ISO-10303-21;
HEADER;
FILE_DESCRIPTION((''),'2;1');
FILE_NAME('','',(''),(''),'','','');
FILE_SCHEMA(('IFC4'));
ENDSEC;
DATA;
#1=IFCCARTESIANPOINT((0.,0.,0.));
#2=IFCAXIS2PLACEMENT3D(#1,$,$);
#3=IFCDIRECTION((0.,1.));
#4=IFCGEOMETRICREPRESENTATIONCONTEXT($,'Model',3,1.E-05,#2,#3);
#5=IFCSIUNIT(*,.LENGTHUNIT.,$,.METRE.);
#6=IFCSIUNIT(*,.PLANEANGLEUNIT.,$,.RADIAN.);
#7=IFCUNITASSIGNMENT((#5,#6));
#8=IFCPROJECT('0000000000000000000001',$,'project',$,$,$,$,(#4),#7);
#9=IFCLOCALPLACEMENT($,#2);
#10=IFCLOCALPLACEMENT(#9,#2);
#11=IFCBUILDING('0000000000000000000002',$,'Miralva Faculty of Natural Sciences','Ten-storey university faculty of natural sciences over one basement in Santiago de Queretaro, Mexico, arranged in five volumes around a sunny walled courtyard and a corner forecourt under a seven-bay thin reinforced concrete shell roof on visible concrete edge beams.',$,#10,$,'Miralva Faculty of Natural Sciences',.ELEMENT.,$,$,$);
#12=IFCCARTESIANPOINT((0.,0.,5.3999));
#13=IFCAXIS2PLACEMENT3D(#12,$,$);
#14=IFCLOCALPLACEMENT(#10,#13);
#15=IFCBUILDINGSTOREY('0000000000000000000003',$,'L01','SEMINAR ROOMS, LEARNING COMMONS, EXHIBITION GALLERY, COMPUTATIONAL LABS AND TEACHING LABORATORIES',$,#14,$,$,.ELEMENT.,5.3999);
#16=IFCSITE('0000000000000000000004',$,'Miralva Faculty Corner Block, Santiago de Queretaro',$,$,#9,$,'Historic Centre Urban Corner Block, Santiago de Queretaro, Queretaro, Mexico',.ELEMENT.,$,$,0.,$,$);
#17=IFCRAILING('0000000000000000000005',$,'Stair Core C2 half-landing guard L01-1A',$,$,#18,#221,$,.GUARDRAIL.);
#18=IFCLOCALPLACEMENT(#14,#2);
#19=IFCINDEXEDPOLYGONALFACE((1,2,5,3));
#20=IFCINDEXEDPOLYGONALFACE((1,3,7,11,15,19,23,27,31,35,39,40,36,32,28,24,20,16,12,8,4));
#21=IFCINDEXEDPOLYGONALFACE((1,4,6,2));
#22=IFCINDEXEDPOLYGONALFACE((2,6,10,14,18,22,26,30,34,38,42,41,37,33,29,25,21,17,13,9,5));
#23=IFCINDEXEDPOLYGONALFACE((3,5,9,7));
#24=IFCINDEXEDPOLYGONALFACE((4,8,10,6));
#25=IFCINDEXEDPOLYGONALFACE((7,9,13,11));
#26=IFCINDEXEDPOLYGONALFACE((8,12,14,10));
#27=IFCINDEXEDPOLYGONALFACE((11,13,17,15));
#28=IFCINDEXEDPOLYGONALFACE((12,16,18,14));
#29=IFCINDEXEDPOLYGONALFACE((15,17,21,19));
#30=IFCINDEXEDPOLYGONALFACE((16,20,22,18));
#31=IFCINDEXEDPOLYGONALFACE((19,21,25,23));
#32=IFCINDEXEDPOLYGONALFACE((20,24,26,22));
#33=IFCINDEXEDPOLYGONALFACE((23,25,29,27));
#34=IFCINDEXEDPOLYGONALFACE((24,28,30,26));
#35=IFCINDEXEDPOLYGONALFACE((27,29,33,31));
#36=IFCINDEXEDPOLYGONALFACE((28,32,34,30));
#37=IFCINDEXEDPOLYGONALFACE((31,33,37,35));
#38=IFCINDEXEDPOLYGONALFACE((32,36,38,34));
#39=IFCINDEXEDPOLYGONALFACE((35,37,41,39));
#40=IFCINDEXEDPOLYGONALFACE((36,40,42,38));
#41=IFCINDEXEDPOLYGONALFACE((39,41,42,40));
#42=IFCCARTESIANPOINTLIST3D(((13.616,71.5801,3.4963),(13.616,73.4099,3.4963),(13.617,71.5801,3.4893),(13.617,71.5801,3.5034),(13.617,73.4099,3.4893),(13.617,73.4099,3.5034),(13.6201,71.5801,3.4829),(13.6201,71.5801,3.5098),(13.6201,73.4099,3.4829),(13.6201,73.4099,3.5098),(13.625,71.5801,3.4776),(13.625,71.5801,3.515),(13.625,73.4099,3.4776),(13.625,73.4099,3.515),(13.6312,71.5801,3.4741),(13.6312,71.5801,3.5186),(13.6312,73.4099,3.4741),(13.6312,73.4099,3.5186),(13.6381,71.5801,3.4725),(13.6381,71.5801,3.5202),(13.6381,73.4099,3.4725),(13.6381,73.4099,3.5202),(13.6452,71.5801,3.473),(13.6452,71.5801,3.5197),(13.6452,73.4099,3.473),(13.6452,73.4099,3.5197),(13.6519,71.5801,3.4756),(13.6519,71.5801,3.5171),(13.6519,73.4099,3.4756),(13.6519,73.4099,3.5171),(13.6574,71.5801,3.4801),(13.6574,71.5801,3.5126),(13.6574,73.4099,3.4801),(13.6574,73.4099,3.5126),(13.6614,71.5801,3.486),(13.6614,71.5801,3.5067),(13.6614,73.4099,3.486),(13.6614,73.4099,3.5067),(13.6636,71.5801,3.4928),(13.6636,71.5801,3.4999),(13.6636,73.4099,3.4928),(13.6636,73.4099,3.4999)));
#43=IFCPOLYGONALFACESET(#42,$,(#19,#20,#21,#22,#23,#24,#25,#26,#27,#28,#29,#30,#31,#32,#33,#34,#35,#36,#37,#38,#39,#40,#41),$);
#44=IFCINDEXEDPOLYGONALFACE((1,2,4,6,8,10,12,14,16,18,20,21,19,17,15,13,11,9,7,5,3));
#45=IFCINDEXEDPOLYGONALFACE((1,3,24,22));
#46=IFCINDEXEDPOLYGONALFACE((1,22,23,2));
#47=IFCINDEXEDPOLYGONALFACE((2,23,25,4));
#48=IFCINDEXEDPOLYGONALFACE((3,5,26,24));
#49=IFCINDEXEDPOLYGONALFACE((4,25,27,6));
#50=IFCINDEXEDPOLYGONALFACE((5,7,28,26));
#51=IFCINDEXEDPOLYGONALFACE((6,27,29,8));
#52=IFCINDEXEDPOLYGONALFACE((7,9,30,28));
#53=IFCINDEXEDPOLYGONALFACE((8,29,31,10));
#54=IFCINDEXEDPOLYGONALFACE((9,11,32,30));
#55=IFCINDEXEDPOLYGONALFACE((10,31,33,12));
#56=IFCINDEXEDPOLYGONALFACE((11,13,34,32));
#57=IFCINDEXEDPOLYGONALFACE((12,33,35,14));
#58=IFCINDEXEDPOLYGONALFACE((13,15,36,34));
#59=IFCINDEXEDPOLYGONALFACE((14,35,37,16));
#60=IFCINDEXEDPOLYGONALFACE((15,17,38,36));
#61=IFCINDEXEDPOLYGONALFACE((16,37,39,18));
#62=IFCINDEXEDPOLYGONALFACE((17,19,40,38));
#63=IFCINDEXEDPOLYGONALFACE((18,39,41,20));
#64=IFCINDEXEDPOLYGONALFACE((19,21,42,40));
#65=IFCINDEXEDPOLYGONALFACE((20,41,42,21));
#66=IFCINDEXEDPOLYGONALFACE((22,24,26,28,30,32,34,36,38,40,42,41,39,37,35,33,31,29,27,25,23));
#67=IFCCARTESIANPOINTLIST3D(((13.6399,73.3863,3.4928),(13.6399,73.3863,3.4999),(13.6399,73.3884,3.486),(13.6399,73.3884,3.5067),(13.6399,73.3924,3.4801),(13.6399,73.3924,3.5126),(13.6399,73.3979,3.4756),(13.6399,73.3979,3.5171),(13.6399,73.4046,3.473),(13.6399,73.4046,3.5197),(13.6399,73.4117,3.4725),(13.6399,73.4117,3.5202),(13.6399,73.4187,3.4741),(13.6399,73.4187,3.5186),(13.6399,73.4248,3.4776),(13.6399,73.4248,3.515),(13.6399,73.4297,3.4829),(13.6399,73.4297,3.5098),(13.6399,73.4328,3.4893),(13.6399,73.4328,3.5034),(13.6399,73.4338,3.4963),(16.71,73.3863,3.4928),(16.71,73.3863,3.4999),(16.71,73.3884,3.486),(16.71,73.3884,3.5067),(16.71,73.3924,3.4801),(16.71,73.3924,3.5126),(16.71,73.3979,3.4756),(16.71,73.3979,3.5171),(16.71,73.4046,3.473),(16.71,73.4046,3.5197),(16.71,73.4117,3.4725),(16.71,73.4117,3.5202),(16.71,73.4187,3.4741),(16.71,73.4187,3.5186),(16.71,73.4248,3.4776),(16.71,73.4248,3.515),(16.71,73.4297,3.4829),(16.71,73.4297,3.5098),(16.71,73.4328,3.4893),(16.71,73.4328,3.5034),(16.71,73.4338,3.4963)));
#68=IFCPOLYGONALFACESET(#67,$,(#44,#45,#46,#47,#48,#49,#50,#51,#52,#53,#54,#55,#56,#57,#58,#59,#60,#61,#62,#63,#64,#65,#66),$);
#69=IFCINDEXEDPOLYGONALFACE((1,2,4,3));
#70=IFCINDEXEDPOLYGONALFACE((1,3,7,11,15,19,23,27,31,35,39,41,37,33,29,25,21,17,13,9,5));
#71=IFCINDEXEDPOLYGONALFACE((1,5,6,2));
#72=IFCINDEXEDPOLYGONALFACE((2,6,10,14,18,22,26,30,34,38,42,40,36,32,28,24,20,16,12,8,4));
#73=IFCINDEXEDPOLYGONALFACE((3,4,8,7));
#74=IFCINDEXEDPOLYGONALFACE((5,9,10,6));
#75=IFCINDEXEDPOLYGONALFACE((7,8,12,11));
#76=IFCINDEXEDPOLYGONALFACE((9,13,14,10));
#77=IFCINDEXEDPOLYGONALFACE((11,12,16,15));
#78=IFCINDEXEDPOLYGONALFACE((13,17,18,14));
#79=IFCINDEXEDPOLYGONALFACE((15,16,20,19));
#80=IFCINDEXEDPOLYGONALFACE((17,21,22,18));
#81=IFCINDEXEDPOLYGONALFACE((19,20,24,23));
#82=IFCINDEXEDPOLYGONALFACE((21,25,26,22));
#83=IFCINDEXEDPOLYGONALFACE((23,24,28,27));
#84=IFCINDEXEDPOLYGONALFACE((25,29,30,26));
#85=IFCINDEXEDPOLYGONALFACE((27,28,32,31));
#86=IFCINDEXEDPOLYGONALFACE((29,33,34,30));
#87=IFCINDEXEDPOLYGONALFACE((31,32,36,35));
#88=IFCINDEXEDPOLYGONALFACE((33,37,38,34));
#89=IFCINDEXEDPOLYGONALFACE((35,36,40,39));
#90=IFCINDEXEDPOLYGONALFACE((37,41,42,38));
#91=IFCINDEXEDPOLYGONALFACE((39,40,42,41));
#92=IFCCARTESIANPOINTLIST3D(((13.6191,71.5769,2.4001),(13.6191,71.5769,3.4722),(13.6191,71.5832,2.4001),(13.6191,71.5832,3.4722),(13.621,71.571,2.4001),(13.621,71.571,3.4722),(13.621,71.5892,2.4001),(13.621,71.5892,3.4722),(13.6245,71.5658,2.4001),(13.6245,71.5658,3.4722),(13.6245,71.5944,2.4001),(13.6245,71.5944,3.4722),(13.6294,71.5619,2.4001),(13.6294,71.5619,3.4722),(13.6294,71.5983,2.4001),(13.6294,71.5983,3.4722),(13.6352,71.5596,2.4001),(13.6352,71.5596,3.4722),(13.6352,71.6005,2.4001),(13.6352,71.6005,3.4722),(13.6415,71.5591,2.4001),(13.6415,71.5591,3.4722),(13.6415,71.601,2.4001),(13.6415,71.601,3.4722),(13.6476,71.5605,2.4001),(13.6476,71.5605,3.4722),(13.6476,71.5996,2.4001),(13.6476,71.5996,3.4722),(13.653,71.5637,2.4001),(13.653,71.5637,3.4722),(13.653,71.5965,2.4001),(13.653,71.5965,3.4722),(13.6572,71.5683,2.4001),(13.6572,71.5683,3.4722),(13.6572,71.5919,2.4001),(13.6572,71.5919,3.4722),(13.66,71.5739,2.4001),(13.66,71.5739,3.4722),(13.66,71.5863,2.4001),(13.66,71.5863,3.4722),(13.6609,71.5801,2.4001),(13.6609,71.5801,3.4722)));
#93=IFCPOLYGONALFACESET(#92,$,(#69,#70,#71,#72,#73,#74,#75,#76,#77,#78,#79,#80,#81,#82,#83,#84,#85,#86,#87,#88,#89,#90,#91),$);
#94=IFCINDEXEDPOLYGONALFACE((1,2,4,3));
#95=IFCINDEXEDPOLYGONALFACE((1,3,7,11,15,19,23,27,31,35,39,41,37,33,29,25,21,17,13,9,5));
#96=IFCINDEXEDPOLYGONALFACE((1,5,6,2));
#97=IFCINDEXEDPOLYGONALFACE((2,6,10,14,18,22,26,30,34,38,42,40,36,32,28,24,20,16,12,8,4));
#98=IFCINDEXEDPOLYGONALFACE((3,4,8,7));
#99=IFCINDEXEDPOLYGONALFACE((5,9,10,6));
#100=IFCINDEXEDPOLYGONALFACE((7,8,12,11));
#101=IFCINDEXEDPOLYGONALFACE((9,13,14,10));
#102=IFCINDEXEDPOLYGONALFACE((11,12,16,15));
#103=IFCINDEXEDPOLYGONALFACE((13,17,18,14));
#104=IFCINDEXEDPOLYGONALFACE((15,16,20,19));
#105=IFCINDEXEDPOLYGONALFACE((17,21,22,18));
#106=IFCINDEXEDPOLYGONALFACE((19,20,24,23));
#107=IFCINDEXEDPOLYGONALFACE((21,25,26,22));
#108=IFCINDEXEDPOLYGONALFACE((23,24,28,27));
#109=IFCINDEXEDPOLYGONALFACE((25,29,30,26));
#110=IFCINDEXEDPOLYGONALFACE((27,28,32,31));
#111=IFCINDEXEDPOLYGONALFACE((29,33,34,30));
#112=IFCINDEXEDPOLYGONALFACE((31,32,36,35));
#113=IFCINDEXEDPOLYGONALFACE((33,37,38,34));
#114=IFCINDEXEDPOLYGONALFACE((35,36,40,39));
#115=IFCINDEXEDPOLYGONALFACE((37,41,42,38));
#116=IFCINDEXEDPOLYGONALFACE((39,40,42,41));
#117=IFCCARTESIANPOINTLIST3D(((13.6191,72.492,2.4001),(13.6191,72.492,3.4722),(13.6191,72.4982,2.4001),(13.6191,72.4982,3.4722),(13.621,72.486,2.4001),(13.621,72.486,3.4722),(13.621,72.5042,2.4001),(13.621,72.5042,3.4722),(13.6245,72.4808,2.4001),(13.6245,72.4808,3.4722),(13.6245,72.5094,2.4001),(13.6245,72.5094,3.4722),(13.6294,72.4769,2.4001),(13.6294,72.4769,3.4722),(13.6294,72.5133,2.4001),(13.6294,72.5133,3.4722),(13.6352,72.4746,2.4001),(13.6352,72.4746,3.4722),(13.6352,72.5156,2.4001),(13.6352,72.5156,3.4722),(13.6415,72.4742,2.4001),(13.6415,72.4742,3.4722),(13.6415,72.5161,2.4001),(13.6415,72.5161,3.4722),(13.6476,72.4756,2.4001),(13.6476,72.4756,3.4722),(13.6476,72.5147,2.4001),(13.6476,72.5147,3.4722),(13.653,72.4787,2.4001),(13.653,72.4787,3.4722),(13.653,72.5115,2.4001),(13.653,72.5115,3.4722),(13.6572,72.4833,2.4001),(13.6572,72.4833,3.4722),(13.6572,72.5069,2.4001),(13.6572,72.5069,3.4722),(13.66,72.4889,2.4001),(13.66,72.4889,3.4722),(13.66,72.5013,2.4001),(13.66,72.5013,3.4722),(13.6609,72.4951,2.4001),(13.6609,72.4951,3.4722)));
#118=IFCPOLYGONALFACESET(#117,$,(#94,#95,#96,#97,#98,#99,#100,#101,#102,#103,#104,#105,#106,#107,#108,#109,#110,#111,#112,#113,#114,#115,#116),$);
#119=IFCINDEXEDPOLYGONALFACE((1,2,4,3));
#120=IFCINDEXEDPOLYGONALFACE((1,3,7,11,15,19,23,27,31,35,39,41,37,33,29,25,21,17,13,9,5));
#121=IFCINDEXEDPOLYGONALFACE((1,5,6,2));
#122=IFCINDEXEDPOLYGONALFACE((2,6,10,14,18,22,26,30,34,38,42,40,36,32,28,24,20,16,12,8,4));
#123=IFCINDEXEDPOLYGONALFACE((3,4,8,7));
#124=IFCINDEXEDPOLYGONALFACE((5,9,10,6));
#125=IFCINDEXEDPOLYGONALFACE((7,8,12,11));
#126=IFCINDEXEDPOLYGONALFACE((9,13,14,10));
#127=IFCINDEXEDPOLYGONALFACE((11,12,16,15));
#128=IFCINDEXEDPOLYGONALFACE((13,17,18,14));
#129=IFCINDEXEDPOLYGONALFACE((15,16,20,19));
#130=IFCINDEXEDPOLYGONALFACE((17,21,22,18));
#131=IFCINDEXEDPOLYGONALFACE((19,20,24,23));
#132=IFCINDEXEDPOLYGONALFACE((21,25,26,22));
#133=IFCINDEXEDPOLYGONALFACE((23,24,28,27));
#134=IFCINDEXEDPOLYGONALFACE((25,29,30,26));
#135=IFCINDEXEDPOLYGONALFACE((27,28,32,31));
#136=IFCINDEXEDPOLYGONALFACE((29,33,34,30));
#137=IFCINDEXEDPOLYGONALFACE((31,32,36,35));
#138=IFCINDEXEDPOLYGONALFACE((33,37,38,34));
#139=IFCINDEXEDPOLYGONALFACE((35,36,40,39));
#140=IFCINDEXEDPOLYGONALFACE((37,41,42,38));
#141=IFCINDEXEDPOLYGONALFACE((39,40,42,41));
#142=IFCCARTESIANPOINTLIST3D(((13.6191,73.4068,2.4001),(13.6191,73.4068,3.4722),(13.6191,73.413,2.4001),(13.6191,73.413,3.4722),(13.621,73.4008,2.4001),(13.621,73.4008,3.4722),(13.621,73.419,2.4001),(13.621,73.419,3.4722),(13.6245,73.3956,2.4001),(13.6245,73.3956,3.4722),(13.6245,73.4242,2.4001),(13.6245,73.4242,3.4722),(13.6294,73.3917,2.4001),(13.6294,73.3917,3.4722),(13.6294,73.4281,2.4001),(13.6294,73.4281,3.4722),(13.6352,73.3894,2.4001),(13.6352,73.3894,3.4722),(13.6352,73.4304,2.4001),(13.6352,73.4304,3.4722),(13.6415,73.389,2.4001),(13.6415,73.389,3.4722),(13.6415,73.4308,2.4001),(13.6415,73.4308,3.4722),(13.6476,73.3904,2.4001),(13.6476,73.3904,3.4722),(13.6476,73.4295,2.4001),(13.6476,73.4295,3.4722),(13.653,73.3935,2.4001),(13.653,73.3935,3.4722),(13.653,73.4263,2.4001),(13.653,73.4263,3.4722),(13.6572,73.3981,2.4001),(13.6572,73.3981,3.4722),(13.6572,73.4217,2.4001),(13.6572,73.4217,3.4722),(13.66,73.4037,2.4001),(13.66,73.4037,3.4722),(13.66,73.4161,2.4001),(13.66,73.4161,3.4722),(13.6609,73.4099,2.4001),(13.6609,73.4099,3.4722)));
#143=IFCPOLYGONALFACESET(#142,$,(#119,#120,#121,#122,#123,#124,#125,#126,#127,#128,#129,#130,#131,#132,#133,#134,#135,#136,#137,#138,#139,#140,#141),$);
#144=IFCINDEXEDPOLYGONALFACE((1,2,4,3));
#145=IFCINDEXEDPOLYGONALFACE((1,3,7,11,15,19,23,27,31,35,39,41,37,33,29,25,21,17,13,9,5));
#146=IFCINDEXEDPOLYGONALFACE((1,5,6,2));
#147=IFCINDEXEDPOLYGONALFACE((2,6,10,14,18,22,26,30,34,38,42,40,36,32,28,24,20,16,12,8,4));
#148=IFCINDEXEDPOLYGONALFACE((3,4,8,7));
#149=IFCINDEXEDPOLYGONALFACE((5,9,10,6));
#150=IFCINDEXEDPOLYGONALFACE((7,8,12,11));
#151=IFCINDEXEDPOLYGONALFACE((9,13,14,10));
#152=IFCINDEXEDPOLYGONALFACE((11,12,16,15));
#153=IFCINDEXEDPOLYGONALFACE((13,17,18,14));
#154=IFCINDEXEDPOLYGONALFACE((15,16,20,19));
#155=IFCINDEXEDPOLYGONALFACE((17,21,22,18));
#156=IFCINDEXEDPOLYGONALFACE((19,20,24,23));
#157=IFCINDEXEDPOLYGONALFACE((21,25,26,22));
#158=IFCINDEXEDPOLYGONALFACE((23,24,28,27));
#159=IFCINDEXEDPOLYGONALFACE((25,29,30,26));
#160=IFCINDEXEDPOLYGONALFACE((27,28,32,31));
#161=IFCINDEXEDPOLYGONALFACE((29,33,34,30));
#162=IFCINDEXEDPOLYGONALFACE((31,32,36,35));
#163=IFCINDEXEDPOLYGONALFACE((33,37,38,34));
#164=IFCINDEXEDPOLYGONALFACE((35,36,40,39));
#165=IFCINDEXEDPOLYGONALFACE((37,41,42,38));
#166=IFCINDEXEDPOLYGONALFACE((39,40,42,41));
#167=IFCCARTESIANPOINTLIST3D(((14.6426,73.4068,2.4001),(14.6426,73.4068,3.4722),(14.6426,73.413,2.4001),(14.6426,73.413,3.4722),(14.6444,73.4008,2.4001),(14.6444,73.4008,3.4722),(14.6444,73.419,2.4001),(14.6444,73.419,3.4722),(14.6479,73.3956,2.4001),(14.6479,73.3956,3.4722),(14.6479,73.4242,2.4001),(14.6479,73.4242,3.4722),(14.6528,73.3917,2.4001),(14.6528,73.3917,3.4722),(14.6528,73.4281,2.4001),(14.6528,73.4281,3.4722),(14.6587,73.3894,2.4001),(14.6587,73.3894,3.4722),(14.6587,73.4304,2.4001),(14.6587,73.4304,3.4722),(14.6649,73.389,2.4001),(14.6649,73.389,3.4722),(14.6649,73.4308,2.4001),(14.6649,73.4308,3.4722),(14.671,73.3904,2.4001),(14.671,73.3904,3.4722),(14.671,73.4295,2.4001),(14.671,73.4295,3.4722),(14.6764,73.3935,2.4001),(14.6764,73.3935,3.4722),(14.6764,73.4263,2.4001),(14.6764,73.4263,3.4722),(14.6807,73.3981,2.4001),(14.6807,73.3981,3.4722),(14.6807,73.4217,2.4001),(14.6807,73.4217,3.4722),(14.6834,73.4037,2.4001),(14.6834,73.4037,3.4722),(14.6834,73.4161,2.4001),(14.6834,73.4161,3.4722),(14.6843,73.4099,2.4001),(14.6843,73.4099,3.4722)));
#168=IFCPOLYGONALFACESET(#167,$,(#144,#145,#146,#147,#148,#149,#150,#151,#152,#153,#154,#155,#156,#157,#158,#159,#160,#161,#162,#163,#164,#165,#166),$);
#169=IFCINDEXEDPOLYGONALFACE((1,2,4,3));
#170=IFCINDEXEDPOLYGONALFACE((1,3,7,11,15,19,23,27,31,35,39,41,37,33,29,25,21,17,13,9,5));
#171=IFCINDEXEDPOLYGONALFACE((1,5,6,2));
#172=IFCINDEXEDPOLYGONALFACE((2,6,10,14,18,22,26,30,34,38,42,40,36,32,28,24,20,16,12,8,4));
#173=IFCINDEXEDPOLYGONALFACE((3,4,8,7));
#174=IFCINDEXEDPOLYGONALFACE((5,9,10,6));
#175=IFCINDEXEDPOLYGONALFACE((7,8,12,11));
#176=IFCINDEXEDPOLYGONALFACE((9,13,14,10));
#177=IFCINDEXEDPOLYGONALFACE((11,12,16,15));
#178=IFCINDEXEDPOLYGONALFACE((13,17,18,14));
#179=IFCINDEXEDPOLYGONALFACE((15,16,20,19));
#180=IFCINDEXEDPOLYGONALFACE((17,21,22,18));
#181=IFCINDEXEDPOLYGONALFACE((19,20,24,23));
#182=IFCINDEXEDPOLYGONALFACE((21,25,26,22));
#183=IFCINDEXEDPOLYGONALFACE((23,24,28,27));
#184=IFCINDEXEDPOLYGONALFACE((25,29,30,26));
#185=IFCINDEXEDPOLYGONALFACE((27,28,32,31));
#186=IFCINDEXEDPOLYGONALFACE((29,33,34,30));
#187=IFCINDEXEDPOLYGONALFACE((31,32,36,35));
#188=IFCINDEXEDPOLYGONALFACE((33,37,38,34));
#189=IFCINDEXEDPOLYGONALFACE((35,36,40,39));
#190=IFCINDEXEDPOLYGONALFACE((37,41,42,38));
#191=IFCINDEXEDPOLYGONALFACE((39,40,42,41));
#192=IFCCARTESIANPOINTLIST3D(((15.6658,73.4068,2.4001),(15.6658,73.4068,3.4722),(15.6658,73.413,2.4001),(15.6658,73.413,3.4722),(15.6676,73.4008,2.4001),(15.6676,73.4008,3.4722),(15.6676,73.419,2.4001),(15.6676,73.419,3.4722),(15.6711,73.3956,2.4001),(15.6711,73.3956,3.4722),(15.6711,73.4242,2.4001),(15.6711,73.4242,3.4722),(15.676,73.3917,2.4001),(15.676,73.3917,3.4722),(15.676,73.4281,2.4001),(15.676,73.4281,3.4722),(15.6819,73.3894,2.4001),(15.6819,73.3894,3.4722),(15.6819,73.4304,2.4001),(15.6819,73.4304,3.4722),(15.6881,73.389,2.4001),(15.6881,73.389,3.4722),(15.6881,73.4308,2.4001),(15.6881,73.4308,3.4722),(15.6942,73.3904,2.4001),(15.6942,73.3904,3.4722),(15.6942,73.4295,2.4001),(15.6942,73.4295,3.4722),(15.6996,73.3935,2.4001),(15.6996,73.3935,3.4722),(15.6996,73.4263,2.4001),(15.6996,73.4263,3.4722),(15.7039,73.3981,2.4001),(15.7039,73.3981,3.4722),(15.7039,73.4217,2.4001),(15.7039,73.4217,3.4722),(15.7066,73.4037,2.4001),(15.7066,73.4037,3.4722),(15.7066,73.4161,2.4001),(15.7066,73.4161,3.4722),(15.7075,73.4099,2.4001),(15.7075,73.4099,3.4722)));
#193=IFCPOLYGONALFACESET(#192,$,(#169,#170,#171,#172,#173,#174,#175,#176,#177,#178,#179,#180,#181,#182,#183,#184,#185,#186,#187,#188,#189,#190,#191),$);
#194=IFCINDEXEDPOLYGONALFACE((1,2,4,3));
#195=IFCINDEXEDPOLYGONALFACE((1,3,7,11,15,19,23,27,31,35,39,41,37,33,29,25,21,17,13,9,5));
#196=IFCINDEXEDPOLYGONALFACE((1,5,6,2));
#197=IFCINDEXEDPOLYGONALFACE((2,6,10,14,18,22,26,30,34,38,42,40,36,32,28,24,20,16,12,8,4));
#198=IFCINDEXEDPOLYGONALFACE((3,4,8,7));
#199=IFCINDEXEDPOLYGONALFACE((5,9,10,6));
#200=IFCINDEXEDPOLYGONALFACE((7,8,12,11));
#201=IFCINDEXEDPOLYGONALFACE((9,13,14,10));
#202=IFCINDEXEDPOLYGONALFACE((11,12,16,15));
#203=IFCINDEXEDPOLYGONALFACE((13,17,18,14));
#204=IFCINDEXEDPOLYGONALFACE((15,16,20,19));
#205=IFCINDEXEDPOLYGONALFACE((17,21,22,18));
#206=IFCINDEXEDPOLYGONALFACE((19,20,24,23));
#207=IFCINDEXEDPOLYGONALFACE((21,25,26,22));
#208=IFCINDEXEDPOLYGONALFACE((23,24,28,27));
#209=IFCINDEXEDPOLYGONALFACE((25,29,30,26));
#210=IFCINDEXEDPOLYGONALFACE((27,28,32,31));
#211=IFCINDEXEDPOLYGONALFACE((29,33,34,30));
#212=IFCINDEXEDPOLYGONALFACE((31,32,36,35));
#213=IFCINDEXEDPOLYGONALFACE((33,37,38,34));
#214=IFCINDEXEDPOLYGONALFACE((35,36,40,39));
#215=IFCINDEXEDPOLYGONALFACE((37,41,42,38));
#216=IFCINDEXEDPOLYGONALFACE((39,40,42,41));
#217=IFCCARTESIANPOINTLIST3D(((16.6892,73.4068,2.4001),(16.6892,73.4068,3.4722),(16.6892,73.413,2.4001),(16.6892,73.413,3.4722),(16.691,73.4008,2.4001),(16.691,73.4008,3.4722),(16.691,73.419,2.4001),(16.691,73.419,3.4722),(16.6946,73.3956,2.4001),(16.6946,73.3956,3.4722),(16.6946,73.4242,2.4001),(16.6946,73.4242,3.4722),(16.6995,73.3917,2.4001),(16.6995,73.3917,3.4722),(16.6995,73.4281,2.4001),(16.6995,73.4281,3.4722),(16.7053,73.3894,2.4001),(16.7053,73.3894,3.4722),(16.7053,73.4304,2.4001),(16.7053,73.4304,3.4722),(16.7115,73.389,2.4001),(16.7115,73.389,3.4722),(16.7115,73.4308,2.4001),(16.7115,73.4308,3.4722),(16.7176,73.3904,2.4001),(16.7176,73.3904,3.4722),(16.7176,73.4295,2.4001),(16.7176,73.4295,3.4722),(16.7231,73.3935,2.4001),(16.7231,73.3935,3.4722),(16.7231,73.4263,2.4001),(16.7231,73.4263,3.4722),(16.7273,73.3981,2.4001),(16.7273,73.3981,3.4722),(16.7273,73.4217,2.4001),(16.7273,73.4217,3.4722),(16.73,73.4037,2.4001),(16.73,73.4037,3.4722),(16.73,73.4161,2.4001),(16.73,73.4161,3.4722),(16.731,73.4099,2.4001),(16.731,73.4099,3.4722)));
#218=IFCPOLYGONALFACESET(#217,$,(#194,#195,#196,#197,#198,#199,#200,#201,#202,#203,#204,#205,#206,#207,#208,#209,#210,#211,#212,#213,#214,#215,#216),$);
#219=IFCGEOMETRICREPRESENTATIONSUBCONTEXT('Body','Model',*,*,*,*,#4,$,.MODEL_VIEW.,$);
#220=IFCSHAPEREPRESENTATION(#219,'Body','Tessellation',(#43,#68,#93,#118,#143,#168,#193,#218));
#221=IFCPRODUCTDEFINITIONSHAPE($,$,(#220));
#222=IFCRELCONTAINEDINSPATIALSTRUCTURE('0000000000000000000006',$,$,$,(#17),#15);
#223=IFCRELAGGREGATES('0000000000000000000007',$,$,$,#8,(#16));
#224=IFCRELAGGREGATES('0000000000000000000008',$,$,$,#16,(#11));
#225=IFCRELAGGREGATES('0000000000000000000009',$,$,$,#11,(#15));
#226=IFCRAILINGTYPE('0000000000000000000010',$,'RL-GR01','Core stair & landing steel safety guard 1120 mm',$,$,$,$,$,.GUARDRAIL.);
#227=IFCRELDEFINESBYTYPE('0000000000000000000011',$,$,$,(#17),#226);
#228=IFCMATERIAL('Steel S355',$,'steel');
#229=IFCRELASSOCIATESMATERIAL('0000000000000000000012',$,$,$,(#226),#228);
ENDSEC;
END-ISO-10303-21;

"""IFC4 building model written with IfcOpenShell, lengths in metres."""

from ifc_helpers import new_model, si_unit, direction, frame, origin, origin_2d, place, context, subcontext, project, spatial, circle, extrude, material, type_object, element, save


model = new_model("IFC4")

# Units and contexts
model_context = context("Model", 3, precision=1e-05, world=origin(), true_north=direction((0.0, 1.0)))
body_context = subcontext(model_context, "Body", "Model", "MODEL_VIEW")
ifc_project = project(units=[si_unit("LENGTHUNIT", "METRE"), si_unit("PLANEANGLEUNIT", "RADIAN")], contexts=[model_context])

# Site, building, storey
site_placement = place(None, origin())
site = spatial("IfcSite", under=ifc_project, at=site_placement, Name="Miralva Faculty Corner Block, Santiago de Queretaro", LongName="Historic Centre Urban Corner Block, Santiago de Queretaro, Queretaro, Mexico", CompositionType="ELEMENT", RefElevation=0.0)
building_placement = place(site_placement, origin())
building = spatial("IfcBuilding", under=site, at=building_placement, Name="Miralva Faculty of Natural Sciences", Description="Ten-storey university faculty of natural sciences over one basement in Santiago de Queretaro, Mexico, arranged in five volumes around a sunny walled courtyard and a corner forecourt under a seven-bay thin reinforced concrete shell roof on visible concrete edge beams.", LongName="Miralva Faculty of Natural Sciences", CompositionType="ELEMENT")
storey_placement = place(building_placement, frame((0.0, 0.0, 5.3999)))
storey = spatial("IfcBuildingStorey", under=building, at=storey_placement, Name="L01", Description="SEMINAR ROOMS, LEARNING COMMONS, EXHIBITION GALLERY, COMPUTATIONAL LABS AND TEACHING LABORATORIES", CompositionType="ELEMENT", Elevation=5.3999)

# Railing
ifc_material_1 = material(Name="Steel S355", Category="steel")
railing_type_1 = type_object("IfcRailingType", Name="RL-GR01", Description="Core stair & landing steel safety guard 1120 mm", PredefinedType="GUARDRAIL", material=ifc_material_1)
railing_1_placement = place(storey_placement, frame((13.6399, 71.5801, 2.4001)))
element("IfcRailing", 1, at=railing_1_placement, inside=storey, type_object=railing_type_1, Name="Stair Core C2 half-landing guard L01-1A", PredefinedType="GUARDRAIL", context=body_context, shape_type="SweptSolid", body=[
    extrude(circle(Radius=0.0239, at=origin_2d()), frame((0.0, 0.0, 1.0962), z_axis=(0.0, 1.0, 0.0), x_axis=(-1.0, 0.0, 0.0)), (0.0, 0.0, 1.0), 1.8298),
    extrude(circle(Radius=0.0239, at=origin_2d()), frame((0.0, 1.8298, 1.0962), z_axis=(1.0, 0.0, 0.0), x_axis=(0.0, 1.0, 0.0)), (0.0, 0.0, 1.0), 3.0701),
    extrude(circle(Radius=0.021, at=origin_2d()), origin(), (0.0, 0.0, 1.0), 1.072),
    extrude(circle(Radius=0.021, at=origin_2d()), frame((0.0, 0.915, 0.0)), (0.0, 0.0, 1.0), 1.072),
    extrude(circle(Radius=0.021, at=origin_2d()), frame((0.0, 1.8298, 0.0)), (0.0, 0.0, 1.0), 1.072),
    extrude(circle(Radius=0.021, at=origin_2d()), frame((1.0234, 1.8298, 0.0)), (0.0, 0.0, 1.0), 1.072),
    extrude(circle(Radius=0.021, at=origin_2d()), frame((2.0466, 1.8298, 0.0)), (0.0, 0.0, 1.0), 1.072),
    extrude(circle(Radius=0.021, at=origin_2d()), frame((3.0701, 1.8298, 0.0)), (0.0, 0.0, 1.0), 1.072),
])

save(model, "model.ifc")
